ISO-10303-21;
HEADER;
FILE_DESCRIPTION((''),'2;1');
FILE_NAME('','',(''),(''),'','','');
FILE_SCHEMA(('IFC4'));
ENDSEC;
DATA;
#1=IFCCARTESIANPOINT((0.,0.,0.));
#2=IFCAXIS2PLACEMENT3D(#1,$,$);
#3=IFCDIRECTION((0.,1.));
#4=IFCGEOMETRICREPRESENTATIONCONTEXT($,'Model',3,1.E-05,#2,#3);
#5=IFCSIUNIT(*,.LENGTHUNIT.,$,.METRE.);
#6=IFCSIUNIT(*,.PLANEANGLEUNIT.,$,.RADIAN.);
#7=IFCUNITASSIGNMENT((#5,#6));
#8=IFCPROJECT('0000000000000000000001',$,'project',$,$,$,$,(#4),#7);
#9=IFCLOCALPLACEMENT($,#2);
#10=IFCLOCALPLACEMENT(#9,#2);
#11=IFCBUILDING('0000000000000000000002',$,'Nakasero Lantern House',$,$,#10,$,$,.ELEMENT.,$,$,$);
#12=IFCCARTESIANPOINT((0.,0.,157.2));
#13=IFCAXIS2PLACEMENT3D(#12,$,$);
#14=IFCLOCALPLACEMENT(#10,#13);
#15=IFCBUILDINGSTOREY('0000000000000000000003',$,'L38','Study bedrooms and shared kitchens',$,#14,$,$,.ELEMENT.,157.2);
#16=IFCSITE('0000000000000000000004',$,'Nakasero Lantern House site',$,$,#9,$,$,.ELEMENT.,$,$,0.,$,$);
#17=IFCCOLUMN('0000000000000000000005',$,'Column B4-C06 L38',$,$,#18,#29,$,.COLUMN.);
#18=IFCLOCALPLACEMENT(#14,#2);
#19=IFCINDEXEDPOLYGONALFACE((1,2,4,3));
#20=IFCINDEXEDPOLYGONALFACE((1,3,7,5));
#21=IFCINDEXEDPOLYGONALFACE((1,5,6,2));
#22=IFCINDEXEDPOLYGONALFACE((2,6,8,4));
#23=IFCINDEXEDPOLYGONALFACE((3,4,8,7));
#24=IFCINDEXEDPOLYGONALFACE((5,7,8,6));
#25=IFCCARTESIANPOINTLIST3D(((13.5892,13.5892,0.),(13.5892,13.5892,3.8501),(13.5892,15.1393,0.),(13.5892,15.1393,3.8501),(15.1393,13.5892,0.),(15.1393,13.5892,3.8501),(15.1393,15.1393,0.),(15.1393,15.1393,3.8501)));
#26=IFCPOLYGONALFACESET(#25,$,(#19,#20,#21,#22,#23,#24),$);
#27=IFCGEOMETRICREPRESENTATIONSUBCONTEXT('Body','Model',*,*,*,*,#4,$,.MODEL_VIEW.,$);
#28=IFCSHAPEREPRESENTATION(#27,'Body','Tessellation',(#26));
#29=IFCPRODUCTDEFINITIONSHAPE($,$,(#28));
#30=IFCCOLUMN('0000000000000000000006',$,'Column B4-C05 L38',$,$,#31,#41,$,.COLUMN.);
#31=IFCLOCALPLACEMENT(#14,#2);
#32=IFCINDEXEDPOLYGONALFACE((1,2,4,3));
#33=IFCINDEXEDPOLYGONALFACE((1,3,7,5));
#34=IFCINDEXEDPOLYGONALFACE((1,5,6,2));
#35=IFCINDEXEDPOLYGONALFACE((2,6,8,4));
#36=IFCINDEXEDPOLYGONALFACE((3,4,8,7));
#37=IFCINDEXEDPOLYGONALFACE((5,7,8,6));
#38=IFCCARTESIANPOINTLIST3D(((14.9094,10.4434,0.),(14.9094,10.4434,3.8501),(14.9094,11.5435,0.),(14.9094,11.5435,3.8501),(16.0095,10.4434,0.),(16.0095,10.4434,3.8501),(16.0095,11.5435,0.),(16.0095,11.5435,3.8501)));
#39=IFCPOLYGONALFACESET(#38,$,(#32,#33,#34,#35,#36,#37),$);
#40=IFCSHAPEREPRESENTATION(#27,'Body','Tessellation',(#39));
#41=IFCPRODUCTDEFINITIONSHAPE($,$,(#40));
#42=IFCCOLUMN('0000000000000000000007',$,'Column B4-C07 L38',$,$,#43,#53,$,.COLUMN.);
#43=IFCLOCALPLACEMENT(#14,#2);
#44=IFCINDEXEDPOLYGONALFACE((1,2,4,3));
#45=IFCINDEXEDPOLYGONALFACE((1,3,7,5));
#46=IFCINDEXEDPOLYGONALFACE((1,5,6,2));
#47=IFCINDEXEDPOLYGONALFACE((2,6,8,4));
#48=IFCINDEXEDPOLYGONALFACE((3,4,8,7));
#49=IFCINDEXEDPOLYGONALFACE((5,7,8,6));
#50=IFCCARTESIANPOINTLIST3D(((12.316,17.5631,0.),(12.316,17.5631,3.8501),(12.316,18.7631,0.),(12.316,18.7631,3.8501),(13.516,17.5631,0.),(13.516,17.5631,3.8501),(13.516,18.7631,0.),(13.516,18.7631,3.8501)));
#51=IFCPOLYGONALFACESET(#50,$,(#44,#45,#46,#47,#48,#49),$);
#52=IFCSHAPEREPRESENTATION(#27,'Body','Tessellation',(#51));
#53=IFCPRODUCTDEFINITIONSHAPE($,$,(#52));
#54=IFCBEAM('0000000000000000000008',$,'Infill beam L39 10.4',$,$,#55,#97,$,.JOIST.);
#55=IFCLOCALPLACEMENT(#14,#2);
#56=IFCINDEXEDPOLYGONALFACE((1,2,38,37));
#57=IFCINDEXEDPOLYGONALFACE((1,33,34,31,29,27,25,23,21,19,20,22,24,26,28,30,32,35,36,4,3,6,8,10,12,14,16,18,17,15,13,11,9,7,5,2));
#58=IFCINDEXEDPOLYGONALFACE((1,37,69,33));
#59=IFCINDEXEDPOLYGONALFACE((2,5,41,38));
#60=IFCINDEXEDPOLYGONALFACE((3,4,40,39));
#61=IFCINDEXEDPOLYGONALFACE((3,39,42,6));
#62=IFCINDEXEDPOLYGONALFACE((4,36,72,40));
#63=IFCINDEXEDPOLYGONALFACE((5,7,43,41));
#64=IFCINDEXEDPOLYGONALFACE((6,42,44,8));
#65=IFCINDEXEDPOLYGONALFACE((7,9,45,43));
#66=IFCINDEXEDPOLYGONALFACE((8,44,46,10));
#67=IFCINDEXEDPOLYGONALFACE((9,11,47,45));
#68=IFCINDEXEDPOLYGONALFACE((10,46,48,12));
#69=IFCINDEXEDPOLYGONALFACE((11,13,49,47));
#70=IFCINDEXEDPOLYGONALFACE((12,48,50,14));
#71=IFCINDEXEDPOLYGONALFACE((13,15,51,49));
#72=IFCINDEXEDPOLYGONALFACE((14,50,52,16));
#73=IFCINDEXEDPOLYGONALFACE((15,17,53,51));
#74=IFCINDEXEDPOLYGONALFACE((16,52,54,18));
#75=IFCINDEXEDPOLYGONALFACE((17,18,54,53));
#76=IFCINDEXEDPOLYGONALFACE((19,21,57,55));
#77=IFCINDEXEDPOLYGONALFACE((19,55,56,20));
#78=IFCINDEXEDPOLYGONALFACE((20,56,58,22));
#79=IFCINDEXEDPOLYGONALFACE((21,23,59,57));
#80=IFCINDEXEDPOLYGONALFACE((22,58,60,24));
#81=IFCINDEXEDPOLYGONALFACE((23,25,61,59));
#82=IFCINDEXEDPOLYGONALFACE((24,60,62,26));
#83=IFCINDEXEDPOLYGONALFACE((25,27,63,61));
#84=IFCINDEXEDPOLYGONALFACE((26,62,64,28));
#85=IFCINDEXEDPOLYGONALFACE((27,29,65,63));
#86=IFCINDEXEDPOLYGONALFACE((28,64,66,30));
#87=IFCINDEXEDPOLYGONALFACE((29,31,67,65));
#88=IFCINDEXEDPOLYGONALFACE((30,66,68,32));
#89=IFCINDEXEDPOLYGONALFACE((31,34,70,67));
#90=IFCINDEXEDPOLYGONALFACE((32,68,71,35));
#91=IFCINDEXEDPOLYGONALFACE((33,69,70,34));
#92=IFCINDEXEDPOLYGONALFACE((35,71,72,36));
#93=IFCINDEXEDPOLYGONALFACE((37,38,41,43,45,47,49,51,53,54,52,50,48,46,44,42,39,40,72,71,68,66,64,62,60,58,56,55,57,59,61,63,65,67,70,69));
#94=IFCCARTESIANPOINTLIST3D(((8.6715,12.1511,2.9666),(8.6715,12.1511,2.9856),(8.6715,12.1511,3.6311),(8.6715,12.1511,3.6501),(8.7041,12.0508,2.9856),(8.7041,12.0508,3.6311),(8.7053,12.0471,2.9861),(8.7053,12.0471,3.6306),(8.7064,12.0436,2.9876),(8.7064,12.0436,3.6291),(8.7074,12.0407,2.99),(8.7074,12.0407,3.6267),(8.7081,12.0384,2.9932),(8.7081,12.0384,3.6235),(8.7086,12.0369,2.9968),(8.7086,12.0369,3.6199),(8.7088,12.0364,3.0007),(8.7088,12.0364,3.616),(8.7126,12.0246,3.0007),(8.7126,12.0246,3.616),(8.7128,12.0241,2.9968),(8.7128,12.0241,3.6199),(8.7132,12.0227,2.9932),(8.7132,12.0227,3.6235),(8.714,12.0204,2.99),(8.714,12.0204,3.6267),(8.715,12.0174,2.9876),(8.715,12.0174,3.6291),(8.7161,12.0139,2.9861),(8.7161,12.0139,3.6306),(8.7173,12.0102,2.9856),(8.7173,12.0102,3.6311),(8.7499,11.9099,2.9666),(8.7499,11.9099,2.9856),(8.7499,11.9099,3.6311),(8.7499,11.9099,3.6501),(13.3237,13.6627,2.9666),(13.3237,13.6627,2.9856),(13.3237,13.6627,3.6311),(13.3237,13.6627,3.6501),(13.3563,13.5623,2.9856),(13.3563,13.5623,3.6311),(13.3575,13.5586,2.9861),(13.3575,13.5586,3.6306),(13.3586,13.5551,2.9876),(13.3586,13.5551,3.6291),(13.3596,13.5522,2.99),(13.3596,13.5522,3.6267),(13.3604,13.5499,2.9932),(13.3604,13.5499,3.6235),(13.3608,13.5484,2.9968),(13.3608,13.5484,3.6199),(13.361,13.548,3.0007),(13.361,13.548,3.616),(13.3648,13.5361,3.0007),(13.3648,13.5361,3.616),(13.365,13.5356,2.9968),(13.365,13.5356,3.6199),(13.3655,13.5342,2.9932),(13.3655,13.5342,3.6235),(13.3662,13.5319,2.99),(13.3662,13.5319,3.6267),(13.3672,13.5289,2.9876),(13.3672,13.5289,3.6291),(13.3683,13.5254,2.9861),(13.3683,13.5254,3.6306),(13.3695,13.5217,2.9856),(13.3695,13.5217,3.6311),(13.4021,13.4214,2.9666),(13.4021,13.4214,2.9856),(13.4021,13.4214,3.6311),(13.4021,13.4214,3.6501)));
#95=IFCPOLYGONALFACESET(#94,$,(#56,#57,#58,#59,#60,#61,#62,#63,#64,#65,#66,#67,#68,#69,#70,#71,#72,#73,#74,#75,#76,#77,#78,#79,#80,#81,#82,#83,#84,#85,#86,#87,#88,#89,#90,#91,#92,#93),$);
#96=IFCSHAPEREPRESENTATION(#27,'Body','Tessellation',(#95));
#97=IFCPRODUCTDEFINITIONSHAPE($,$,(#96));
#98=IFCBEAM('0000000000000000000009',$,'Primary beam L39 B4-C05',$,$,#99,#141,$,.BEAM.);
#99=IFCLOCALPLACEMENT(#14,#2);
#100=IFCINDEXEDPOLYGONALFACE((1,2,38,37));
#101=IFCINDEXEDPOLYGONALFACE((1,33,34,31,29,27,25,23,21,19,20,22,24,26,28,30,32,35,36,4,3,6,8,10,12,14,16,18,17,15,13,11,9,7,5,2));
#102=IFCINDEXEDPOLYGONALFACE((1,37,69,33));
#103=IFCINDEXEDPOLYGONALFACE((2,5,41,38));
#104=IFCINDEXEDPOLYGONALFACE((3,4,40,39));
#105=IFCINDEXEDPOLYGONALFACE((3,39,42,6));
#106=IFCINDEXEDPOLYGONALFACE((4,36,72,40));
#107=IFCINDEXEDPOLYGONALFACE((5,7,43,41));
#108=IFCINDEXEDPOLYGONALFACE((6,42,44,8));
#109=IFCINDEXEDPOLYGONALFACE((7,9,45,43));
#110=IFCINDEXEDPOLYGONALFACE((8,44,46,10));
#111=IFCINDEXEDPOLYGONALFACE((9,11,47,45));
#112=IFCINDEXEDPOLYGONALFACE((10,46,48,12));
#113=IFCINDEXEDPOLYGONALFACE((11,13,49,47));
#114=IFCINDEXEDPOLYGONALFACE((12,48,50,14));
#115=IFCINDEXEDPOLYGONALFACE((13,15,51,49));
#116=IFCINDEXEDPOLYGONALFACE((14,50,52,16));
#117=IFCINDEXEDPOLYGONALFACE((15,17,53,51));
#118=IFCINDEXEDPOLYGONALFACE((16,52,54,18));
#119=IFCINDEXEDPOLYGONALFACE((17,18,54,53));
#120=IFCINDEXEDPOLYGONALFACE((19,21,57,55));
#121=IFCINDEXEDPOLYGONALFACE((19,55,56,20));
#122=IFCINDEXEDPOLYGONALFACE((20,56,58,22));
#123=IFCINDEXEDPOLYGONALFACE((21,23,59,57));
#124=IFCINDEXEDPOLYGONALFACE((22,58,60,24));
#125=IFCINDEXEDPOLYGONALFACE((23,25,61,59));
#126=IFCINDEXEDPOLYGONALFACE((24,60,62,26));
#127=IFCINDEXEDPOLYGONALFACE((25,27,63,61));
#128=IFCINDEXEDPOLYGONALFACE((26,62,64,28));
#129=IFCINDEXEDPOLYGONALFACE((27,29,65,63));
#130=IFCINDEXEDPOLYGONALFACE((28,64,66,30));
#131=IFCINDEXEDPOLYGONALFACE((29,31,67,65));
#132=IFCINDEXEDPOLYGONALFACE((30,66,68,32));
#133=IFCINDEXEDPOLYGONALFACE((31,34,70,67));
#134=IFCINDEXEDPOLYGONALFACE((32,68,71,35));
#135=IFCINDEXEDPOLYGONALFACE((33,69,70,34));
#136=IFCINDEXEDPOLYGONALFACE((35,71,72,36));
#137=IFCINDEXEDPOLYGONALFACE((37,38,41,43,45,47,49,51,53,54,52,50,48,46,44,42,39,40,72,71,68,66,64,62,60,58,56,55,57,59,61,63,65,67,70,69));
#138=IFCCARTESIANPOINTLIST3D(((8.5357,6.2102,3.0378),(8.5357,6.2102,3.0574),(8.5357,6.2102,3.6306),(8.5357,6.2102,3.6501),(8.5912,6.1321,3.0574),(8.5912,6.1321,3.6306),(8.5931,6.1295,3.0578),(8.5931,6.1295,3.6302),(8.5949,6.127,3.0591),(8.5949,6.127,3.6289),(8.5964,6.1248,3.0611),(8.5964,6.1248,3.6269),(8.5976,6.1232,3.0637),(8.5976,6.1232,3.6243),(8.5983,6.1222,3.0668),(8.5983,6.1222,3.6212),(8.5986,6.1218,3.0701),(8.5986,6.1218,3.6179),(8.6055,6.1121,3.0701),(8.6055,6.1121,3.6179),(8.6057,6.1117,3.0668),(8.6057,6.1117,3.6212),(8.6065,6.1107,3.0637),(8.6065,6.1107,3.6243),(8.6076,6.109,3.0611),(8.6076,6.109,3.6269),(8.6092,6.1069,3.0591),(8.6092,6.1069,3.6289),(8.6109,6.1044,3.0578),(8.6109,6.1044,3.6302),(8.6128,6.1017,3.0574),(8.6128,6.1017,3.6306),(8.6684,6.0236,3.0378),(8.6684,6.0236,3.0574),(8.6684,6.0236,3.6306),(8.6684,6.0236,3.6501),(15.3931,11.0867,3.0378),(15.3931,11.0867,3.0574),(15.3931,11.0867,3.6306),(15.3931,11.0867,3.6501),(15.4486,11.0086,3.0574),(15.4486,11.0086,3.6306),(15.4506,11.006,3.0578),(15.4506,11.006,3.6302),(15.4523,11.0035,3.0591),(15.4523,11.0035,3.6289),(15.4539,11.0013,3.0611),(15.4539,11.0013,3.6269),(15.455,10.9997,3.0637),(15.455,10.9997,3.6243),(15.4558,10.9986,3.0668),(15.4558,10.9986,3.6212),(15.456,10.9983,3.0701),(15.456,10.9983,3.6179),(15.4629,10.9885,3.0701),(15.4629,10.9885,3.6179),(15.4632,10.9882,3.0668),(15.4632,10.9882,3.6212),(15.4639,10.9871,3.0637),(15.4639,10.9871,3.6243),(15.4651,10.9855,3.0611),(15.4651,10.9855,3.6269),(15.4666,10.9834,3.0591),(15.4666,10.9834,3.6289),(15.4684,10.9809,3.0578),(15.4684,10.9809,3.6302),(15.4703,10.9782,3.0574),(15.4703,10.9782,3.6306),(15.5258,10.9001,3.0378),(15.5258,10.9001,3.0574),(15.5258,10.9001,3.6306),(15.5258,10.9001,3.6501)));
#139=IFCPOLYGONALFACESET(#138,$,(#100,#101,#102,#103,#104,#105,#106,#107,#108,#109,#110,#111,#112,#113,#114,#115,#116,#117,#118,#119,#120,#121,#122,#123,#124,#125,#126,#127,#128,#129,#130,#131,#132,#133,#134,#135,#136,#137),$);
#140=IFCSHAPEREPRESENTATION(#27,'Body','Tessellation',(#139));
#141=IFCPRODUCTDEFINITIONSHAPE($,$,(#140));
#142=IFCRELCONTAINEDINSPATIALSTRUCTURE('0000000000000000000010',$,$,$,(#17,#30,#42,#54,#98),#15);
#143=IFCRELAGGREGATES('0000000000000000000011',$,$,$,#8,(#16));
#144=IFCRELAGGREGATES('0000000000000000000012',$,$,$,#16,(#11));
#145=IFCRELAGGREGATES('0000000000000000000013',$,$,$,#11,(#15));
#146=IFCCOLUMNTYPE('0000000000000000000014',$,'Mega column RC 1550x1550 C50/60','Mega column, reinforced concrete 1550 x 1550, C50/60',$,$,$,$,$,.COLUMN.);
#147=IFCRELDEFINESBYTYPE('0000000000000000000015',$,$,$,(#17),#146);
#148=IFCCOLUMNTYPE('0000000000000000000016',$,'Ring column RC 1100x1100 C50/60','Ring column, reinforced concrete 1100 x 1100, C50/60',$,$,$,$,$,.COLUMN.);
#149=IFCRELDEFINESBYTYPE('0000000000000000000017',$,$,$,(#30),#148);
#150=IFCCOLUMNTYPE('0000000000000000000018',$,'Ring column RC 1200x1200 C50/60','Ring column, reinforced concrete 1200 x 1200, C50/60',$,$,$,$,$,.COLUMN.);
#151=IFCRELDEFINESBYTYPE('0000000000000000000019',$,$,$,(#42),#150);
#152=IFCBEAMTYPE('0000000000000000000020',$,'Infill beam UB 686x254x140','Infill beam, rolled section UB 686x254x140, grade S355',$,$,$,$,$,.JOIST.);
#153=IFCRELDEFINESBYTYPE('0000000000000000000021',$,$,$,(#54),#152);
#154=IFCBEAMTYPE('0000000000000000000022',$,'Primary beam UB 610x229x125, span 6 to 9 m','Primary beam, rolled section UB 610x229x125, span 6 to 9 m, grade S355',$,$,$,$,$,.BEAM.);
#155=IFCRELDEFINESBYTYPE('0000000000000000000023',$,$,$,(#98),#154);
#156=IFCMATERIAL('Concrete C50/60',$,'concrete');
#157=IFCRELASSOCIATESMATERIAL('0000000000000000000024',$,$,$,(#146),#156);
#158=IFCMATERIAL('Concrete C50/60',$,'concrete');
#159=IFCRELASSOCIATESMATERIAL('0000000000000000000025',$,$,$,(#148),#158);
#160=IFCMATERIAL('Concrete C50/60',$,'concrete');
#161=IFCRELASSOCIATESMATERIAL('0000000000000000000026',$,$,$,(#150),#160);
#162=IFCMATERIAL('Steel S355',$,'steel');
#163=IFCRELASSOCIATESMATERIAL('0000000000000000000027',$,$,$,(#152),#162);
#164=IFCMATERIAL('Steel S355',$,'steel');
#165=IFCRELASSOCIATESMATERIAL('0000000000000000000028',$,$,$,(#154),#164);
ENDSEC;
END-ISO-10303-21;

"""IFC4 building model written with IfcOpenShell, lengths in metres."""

from ifc_helpers import new_model, si_unit, direction, frame, origin, origin_2d, place, context, subcontext, project, spatial, rectangle, i_section, extrude, material, material_profile, profile_set, type_object, element, save


model = new_model("IFC4")

# Units and contexts
model_context = context("Model", 3, precision=1e-05, world=origin(), true_north=direction((0.0, 1.0)))
body_context = subcontext(model_context, "Body", "Model", "MODEL_VIEW")
ifc_project = project(units=[si_unit("LENGTHUNIT", "METRE"), si_unit("PLANEANGLEUNIT", "RADIAN")], contexts=[model_context])

# Site, building, storey
site_placement = place(None, origin())
site = spatial("IfcSite", under=ifc_project, at=site_placement, Name="Nakasero Lantern House site", CompositionType="ELEMENT", RefElevation=0.0)
building_placement = place(site_placement, origin())
building = spatial("IfcBuilding", under=site, at=building_placement, Name="Nakasero Lantern House", CompositionType="ELEMENT")
storey_placement = place(building_placement, frame((0.0, 0.0, 157.2)))
storey = spatial("IfcBuildingStorey", under=building, at=storey_placement, Name="L38", Description="Study bedrooms and shared kitchens", CompositionType="ELEMENT", Elevation=157.2)

# Columns
ifc_material_1 = material(Name="Concrete C50/60", Category="concrete")
ifc_material_profile_1 = material_profile(ifc_material_1, rectangle(XDim=1.55, YDim=1.55, at=origin_2d()), Name="RC 1550x1550")
ifc_profile_set_1 = profile_set([ifc_material_profile_1], Name="Concrete C50/60")
column_type_1 = type_object("IfcColumnType", Name="Mega column RC 1550x1550 C50/60", Description="Mega column, reinforced concrete 1550 x 1550, C50/60", PredefinedType="COLUMN", material=ifc_profile_set_1)
column_1_placement = place(storey_placement, frame((14.3643, 14.3643, 0.0), z_axis=(0.0, 0.0, 1.0), x_axis=(1.0, 0.0, 0.0)))
element("IfcColumn", 1, at=column_1_placement, inside=storey, type_object=column_type_1, Name="Column B4-C06 L38", PredefinedType="COLUMN", context=body_context, shape_type="SweptSolid", body=[
    extrude(rectangle(XDim=1.55, YDim=1.55, at=origin_2d()), origin(), (0.0, 0.0, 1.0), 3.8501),
])
ifc_material_2 = material(Name="Concrete C50/60", Category="concrete")
ifc_material_profile_2 = material_profile(ifc_material_2, rectangle(XDim=1.1001, YDim=1.1001, at=origin_2d()), Name="RC 1100x1100")
ifc_profile_set_2 = profile_set([ifc_material_profile_2], Name="Concrete C50/60")
column_type_2 = type_object("IfcColumnType", Name="Ring column RC 1100x1100 C50/60", Description="Ring column, reinforced concrete 1100 x 1100, C50/60", PredefinedType="COLUMN", material=ifc_profile_set_2)
column_2_placement = place(storey_placement, frame((15.4595, 10.9934, 0.0), z_axis=(0.0, 0.0, 1.0), x_axis=(1.0, 0.0, 0.0)))
element("IfcColumn", 2, at=column_2_placement, inside=storey, type_object=column_type_2, Name="Column B4-C05 L38", PredefinedType="COLUMN", context=body_context, shape_type="SweptSolid", body=[
    extrude(rectangle(XDim=1.1001, YDim=1.1001, at=origin_2d()), origin(), (0.0, 0.0, 1.0), 3.8501),
])
ifc_material_3 = material(Name="Concrete C50/60", Category="concrete")
ifc_material_profile_3 = material_profile(ifc_material_3, rectangle(XDim=1.2, YDim=1.2, at=origin_2d()), Name="RC 1200x1200")
ifc_profile_set_3 = profile_set([ifc_material_profile_3], Name="Concrete C50/60")
column_type_3 = type_object("IfcColumnType", Name="Ring column RC 1200x1200 C50/60", Description="Ring column, reinforced concrete 1200 x 1200, C50/60", PredefinedType="COLUMN", material=ifc_profile_set_3)
column_3_placement = place(storey_placement, frame((12.916, 18.1631, 0.0), z_axis=(0.0, 0.0, 1.0), x_axis=(1.0, 0.0, 0.0)))
element("IfcColumn", 3, at=column_3_placement, inside=storey, type_object=column_type_3, Name="Column B4-C07 L38", PredefinedType="COLUMN", context=body_context, shape_type="SweptSolid", body=[
    extrude(rectangle(XDim=1.2, YDim=1.2, at=origin_2d()), origin(), (0.0, 0.0, 1.0), 3.8501),
])

# Beams
ifc_material_4 = material(Name="Steel S355", Category="steel")
ifc_material_profile_4 = material_profile(ifc_material_4, i_section(OverallWidth=0.2537, OverallDepth=0.6836, WebThickness=0.0125, FlangeThickness=0.019, FilletRadius=0.0151, at=origin_2d()), Name="UB 686x254x140")
ifc_profile_set_4 = profile_set([ifc_material_profile_4], Name="Steel S355")
beam_type_1 = type_object("IfcBeamType", Name="Infill beam UB 686x254x140", Description="Infill beam, rolled section UB 686x254x140, grade S355", PredefinedType="JOIST", material=ifc_profile_set_4)
beam_1_placement = place(storey_placement, frame((8.7107, 12.0305, 3.3083), z_axis=(0.951062, 0.309001, 0.0), x_axis=(-0.309001, 0.951062, 0.0)))
element("IfcBeam", 4, at=beam_1_placement, inside=storey, type_object=beam_type_1, Name="Infill beam L39 10.4", PredefinedType="JOIST", context=body_context, shape_type="SweptSolid", body=[
    extrude(i_section(OverallWidth=0.2537, OverallDepth=0.6836, WebThickness=0.0125, FlangeThickness=0.019, FilletRadius=0.0151, at=origin_2d()), origin(), (0.0, 0.0, 1.0), 4.8916),
])
ifc_material_5 = material(Name="Steel S355", Category="steel")
ifc_material_profile_5 = material_profile(ifc_material_5, i_section(OverallWidth=0.229, OverallDepth=0.6123, WebThickness=0.012, FlangeThickness=0.0195, FilletRadius=0.0127, at=origin_2d()), Name="UB 610x229x125")
ifc_profile_set_5 = profile_set([ifc_material_profile_5], Name="Steel S355")
beam_type_2 = type_object("IfcBeamType", Name="Primary beam UB 610x229x125, span 6 to 9 m", Description="Primary beam, rolled section UB 610x229x125, span 6 to 9 m, grade S355", PredefinedType="BEAM", material=ifc_profile_set_5)
beam_2_placement = place(storey_placement, frame((15.4595, 10.9934, 3.344), z_axis=(-0.814951, -0.57953, 0.0), x_axis=(0.57953, -0.814951, 0.0)))
element("IfcBeam", 5, at=beam_2_placement, inside=storey, type_object=beam_type_2, Name="Primary beam L39 B4-C05", PredefinedType="BEAM", context=body_context, shape_type="SweptSolid", body=[
    extrude(i_section(OverallWidth=0.229, OverallDepth=0.6123, WebThickness=0.012, FlangeThickness=0.0195, FilletRadius=0.0127, at=origin_2d()), origin(), (0.0, 0.0, 1.0), 8.4146),
])

save(model, "model.ifc")
